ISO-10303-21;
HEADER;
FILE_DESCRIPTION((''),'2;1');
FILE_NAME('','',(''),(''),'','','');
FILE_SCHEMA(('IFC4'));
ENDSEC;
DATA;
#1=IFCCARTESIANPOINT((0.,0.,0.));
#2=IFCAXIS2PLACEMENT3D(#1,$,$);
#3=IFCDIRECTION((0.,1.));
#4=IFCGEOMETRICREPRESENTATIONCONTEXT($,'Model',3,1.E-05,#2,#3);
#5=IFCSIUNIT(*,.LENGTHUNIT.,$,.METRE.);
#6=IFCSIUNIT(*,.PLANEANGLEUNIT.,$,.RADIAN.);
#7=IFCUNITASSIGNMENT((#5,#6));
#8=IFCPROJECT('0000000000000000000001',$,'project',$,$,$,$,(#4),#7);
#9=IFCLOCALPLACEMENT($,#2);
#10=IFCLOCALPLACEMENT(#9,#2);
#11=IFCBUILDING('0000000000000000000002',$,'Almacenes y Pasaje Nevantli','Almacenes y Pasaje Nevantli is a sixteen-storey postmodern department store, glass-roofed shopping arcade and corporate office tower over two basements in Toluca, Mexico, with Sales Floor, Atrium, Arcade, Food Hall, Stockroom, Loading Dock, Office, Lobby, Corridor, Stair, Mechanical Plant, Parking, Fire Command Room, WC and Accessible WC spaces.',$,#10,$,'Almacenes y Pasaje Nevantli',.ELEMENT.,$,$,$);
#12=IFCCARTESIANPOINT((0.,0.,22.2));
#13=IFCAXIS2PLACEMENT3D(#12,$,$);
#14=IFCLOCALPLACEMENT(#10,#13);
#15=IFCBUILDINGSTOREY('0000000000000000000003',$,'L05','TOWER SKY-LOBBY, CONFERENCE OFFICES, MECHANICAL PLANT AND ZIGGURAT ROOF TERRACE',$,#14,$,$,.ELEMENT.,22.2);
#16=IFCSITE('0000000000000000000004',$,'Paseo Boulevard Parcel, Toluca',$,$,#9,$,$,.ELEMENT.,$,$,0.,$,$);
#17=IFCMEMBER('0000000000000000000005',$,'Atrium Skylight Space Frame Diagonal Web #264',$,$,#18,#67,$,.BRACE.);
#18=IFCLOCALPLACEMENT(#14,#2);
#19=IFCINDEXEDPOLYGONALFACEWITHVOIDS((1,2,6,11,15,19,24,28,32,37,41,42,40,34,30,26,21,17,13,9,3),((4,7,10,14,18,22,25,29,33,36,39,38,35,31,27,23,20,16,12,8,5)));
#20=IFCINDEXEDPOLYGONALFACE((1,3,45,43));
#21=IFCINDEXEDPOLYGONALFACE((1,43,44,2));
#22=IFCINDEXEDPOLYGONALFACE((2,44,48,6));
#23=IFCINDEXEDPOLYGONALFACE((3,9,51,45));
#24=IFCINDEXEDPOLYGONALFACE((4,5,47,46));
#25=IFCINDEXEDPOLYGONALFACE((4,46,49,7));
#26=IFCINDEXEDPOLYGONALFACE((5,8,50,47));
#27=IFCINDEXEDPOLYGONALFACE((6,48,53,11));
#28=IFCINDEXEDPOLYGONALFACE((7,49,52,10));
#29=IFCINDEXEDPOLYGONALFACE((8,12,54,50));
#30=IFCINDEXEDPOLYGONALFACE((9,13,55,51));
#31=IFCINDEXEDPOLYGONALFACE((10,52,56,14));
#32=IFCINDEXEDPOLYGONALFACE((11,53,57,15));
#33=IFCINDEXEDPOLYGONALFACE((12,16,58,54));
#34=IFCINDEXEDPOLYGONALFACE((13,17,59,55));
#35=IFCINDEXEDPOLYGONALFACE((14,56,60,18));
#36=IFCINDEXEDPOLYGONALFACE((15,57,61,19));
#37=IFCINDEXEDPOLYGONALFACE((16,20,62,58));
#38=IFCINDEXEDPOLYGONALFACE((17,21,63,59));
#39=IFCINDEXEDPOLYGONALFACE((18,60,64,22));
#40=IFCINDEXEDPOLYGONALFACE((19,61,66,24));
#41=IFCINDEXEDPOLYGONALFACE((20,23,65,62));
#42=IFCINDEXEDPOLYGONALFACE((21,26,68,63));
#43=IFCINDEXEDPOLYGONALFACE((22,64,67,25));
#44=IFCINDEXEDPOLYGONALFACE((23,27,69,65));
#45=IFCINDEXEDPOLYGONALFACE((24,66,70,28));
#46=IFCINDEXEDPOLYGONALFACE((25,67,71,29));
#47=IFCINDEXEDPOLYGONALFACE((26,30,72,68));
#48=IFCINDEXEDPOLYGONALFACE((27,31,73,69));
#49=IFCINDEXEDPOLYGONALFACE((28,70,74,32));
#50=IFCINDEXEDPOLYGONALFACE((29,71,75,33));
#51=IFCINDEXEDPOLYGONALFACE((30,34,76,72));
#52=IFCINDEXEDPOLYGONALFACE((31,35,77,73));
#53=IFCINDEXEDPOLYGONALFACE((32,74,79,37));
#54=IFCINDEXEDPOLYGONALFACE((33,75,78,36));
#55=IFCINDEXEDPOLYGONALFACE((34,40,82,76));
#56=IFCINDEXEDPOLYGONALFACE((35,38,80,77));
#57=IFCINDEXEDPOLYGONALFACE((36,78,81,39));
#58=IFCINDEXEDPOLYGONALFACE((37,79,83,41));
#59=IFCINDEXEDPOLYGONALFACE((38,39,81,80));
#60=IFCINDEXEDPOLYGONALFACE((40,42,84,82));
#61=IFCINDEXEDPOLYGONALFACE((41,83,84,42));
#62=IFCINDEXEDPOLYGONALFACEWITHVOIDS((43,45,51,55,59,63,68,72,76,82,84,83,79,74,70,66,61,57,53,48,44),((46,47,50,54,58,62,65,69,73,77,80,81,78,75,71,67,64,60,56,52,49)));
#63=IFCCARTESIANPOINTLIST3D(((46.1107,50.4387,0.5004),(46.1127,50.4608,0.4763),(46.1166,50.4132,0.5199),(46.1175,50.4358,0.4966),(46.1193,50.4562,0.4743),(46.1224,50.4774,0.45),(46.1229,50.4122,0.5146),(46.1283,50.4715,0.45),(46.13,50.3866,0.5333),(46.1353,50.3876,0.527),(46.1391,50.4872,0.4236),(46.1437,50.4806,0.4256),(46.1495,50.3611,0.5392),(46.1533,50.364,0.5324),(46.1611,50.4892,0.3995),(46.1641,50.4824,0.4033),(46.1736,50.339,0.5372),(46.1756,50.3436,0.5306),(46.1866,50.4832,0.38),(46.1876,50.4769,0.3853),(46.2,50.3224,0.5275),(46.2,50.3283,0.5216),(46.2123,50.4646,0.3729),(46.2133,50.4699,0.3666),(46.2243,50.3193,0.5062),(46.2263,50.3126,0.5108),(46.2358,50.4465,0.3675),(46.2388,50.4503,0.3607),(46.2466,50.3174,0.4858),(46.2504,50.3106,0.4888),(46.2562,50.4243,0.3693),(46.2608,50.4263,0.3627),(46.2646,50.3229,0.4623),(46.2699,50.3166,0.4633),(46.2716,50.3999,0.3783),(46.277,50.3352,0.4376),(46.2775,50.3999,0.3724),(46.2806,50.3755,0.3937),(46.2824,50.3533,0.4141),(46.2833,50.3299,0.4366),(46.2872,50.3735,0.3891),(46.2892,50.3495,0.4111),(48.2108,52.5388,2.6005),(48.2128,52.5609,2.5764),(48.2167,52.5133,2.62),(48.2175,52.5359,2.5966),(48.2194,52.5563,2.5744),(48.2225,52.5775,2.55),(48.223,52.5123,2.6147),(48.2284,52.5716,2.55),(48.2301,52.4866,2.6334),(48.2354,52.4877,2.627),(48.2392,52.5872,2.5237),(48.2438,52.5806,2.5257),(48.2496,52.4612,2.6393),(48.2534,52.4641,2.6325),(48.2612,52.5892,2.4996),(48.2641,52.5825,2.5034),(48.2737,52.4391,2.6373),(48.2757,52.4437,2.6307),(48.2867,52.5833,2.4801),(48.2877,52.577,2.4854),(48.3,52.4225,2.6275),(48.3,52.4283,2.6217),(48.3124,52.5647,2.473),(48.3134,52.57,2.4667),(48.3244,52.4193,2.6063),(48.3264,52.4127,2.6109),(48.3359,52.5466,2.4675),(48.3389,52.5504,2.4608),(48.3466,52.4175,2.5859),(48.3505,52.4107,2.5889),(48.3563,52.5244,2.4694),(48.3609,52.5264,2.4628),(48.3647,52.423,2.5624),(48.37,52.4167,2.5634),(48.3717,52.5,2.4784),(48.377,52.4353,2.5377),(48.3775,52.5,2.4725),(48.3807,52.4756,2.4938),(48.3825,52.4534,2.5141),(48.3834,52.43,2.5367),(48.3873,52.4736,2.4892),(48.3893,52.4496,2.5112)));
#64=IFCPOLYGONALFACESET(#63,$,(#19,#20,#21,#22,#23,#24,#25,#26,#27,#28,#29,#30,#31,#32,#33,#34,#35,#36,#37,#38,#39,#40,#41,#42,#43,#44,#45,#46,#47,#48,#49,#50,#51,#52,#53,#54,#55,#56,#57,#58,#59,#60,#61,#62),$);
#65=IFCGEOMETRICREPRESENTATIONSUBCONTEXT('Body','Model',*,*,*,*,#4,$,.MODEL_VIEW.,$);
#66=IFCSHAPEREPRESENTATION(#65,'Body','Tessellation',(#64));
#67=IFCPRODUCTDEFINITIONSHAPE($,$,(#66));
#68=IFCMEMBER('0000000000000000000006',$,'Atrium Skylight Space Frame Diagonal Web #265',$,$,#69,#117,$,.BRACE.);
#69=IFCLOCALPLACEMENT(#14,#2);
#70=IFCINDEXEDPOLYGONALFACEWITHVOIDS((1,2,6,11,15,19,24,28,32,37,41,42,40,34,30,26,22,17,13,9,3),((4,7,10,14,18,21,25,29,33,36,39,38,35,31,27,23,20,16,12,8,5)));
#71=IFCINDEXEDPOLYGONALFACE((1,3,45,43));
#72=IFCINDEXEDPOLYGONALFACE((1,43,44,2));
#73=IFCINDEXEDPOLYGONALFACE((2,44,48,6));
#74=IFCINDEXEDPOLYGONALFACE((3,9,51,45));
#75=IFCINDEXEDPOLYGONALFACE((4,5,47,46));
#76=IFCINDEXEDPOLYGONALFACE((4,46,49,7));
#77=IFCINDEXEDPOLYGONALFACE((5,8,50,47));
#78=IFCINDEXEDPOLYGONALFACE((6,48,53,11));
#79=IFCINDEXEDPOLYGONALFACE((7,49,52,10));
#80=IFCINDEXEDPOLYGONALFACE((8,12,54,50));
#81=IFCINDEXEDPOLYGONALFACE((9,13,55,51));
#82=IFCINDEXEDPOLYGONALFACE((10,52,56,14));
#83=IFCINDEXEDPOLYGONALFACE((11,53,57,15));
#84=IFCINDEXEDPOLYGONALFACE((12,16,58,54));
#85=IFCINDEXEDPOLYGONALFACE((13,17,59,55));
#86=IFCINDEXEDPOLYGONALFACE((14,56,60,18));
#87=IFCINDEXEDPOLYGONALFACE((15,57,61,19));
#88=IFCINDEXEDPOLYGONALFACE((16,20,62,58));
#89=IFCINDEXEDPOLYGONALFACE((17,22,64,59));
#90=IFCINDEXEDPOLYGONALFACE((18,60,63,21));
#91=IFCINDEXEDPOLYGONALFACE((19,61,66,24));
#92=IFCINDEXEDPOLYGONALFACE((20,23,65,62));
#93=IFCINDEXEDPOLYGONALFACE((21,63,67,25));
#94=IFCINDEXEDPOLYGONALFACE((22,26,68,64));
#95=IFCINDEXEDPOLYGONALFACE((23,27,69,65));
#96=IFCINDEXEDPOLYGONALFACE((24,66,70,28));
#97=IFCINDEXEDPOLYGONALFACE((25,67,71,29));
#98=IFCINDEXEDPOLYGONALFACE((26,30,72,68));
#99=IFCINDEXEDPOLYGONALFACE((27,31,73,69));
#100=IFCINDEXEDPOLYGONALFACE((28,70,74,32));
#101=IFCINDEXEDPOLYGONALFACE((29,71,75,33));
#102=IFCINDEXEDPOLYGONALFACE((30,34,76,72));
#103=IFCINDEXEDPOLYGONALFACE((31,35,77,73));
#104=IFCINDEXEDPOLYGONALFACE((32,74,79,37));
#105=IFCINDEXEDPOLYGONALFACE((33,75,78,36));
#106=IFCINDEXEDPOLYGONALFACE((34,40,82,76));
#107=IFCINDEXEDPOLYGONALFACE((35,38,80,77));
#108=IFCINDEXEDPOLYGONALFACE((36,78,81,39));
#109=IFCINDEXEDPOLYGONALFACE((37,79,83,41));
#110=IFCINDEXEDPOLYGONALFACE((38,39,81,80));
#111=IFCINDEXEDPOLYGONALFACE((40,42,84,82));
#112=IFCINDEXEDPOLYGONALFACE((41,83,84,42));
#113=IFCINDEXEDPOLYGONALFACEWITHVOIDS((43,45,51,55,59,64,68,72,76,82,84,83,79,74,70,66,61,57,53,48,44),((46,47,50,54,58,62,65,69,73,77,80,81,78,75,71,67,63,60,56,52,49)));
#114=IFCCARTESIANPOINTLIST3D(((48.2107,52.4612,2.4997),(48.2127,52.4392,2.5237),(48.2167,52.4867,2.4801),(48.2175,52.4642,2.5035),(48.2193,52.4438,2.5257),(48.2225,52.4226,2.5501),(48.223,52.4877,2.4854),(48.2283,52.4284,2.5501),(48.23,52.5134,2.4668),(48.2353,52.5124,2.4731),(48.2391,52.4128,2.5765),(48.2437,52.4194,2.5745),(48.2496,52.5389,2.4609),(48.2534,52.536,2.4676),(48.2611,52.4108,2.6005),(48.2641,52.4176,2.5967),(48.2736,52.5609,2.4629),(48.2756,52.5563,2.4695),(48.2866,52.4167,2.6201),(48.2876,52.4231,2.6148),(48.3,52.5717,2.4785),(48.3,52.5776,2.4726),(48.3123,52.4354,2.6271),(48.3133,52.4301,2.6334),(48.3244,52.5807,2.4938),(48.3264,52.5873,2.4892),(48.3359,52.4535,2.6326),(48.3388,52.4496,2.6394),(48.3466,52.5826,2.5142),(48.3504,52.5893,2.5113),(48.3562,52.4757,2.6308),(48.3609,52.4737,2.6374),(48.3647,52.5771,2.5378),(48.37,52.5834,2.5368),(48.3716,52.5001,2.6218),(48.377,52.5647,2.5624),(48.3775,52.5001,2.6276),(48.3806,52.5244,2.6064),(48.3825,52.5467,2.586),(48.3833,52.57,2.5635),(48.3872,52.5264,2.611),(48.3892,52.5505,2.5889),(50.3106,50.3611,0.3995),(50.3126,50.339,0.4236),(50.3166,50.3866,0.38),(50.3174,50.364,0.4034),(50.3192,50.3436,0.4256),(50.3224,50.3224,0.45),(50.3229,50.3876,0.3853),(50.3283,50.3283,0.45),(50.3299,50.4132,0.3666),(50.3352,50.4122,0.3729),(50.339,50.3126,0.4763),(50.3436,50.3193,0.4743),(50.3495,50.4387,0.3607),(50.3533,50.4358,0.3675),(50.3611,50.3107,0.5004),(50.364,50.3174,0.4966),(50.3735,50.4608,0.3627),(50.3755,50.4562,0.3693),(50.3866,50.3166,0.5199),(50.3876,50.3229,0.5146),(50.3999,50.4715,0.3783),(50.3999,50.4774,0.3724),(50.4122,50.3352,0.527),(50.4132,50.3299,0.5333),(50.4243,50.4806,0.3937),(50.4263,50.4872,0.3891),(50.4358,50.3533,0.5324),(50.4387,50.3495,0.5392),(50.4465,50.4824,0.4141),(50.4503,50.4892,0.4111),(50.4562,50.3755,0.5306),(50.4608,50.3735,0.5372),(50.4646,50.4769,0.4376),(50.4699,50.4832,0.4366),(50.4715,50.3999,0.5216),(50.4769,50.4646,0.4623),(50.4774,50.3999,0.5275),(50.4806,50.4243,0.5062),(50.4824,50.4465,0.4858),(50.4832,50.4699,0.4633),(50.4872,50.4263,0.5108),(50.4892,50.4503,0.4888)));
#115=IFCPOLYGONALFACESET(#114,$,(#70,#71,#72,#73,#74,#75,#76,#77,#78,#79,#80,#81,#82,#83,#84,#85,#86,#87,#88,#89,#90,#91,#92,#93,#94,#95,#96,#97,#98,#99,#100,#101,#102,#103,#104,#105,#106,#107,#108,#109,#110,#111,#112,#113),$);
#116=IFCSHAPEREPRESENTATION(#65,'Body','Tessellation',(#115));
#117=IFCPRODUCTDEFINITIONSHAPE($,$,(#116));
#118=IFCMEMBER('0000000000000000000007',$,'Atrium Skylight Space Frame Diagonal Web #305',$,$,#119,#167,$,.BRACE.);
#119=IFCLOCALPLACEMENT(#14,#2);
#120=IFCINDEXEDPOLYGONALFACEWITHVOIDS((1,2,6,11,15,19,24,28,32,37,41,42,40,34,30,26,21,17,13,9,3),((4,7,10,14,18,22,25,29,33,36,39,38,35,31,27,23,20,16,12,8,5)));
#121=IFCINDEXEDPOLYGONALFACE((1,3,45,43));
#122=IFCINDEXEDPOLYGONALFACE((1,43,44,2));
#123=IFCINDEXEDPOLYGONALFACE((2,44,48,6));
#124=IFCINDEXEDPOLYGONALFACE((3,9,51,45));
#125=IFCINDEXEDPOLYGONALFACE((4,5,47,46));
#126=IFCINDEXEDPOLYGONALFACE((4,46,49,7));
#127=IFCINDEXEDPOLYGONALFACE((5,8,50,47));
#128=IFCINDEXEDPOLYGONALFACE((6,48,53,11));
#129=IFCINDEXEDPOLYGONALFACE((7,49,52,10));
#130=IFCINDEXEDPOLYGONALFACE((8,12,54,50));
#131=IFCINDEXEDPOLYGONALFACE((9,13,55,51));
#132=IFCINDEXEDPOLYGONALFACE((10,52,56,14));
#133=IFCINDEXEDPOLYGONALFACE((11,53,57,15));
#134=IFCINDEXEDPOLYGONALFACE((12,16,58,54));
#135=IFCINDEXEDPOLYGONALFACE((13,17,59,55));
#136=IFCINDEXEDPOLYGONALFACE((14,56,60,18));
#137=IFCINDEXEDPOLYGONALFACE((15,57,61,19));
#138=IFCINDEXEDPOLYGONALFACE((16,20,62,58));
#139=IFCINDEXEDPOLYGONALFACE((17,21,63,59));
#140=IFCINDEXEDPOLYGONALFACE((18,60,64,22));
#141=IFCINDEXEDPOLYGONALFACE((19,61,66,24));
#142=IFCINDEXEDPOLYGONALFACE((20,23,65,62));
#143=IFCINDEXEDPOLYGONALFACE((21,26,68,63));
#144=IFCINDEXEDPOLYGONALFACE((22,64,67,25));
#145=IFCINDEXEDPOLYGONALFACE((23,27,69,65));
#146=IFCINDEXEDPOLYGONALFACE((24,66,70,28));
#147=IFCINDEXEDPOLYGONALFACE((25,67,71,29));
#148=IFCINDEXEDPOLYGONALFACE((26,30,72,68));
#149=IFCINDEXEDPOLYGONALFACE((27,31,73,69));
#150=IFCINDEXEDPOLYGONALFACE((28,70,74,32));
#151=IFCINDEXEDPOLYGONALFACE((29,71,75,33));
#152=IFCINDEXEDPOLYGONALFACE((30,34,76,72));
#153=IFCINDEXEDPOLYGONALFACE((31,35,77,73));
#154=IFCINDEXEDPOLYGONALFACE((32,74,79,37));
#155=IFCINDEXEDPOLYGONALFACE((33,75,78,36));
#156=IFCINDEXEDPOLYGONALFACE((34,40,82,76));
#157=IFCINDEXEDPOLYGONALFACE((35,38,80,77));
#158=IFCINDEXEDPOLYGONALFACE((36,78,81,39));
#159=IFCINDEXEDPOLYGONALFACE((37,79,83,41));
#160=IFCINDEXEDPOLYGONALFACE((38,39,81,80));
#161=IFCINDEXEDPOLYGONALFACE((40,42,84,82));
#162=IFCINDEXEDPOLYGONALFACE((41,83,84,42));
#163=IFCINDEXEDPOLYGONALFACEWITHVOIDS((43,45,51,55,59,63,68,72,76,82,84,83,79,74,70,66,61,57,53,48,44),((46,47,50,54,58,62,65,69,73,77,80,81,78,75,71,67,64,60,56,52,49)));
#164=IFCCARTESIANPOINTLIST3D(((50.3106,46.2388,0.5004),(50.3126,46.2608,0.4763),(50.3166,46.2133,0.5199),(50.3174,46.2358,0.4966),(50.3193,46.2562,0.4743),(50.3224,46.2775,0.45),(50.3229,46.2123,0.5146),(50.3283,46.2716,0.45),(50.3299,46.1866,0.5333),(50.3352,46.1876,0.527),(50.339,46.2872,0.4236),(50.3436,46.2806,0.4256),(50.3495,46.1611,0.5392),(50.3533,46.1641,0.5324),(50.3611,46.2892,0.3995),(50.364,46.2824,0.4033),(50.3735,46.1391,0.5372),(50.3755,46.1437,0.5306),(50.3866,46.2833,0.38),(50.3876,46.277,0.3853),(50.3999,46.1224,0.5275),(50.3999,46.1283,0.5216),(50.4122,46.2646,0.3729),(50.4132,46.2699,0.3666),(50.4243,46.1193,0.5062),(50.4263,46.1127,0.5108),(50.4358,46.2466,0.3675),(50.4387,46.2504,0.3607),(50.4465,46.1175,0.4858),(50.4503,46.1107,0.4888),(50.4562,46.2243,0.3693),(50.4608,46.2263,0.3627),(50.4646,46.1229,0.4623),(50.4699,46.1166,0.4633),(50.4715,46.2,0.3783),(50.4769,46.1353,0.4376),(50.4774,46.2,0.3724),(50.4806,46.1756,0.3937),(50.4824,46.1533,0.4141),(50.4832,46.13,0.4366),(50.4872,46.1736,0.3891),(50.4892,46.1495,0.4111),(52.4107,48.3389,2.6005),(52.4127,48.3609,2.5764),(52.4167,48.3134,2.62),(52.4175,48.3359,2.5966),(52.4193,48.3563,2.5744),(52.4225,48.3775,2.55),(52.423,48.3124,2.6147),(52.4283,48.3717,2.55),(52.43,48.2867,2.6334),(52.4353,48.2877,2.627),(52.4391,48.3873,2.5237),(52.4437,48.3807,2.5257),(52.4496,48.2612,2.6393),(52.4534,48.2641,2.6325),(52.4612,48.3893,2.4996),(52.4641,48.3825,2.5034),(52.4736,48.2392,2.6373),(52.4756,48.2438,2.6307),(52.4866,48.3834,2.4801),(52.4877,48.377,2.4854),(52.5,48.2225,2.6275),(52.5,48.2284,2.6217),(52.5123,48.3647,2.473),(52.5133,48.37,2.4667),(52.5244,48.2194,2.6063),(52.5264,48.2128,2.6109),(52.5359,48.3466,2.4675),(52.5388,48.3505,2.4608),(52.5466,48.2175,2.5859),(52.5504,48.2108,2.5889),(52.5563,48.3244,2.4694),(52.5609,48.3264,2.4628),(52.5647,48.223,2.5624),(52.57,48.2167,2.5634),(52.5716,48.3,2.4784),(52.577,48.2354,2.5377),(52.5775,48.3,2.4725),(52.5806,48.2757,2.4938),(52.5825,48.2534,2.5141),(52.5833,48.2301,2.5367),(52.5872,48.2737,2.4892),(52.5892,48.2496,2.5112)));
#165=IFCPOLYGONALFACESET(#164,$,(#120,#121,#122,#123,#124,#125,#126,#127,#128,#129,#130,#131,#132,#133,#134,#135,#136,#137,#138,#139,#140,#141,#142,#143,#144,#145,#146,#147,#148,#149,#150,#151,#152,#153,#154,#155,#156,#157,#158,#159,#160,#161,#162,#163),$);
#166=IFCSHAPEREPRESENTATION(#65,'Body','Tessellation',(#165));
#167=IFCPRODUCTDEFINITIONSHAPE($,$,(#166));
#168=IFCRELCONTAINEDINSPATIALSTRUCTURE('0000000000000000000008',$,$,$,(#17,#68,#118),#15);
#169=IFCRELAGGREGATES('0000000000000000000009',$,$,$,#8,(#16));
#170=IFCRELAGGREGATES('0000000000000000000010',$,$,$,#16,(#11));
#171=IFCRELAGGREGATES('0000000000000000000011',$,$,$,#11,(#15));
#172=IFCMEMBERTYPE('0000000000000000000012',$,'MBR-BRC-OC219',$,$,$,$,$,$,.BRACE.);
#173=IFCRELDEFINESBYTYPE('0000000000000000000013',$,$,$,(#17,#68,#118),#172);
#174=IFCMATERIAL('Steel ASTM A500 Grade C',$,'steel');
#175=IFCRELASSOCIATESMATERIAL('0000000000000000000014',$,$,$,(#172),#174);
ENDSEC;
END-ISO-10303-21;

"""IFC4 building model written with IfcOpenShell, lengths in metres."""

from ifc_helpers import new_model, si_unit, direction, frame, origin, origin_2d, place, context, subcontext, project, spatial, hollow_circle, extrude, material, material_profile, profile_set, type_object, element, save


model = new_model("IFC4")

# Units and contexts
model_context = context("Model", 3, precision=1e-05, world=origin(), true_north=direction((0.0, 1.0)))
body_context = subcontext(model_context, "Body", "Model", "MODEL_VIEW")
ifc_project = project(units=[si_unit("LENGTHUNIT", "METRE"), si_unit("PLANEANGLEUNIT", "RADIAN")], contexts=[model_context])

# Site, building, storey
site_placement = place(None, origin())
site = spatial("IfcSite", under=ifc_project, at=site_placement, Name="Paseo Boulevard Parcel, Toluca", CompositionType="ELEMENT", RefElevation=0.0)
building_placement = place(site_placement, origin())
building = spatial("IfcBuilding", under=site, at=building_placement, Name="Almacenes y Pasaje Nevantli", Description="Almacenes y Pasaje Nevantli is a sixteen-storey postmodern department store, glass-roofed shopping arcade and corporate office tower over two basements in Toluca, Mexico, with Sales Floor, Atrium, Arcade, Food Hall, Stockroom, Loading Dock, Office, Lobby, Corridor, Stair, Mechanical Plant, Parking, Fire Command Room, WC and Accessible WC spaces.", LongName="Almacenes y Pasaje Nevantli", CompositionType="ELEMENT")
storey_placement = place(building_placement, frame((0.0, 0.0, 22.2)))
storey = spatial("IfcBuildingStorey", under=building, at=storey_placement, Name="L05", Description="TOWER SKY-LOBBY, CONFERENCE OFFICES, MECHANICAL PLANT AND ZIGGURAT ROOF TERRACE", CompositionType="ELEMENT", Elevation=22.2)

# Members
ifc_material_1 = material(Name="Steel ASTM A500 Grade C", Category="steel")
ifc_material_profile_1 = material_profile(ifc_material_1, hollow_circle(Radius=0.1096, WallThickness=0.0083, at=origin_2d()), Name="OC 219x8.2")
ifc_profile_set_1 = profile_set([ifc_material_profile_1], Name="Steel ASTM A500 Grade C")
member_type_1 = type_object("IfcMemberType", Name="MBR-BRC-OC219", PredefinedType="BRACE", material=ifc_profile_set_1)
for number, where, z_axis, x_axis, name in (
    (1, (46.2, 50.3999, 0.45), (0.57735, 0.57735, 0.57735), (-0.707107, 0.707107, 0.0), "Atrium Skylight Space Frame Diagonal Web #264"),
    (2, (50.3999, 50.3999, 0.45), (-0.577306, 0.577373, 0.577373), (-0.707148, -0.707066, 0.0), "Atrium Skylight Space Frame Diagonal Web #265"),
    (3, (50.3999, 46.2, 0.45), (0.57735, 0.57735, 0.57735), (-0.707107, 0.707107, 0.0), "Atrium Skylight Space Frame Diagonal Web #305"),
):
    element("IfcMember", number, at=place(storey_placement, frame(where, z_axis=z_axis, x_axis=x_axis)), inside=storey, type_object=member_type_1, Name=name, PredefinedType="BRACE", context=body_context, shape_type="SweptSolid", body=[
        extrude(hollow_circle(Radius=0.1096, WallThickness=0.0083, at=origin_2d()), origin(), (0.0, 0.0, 1.0), 3.6375),
    ])

save(model, "model.ifc")
